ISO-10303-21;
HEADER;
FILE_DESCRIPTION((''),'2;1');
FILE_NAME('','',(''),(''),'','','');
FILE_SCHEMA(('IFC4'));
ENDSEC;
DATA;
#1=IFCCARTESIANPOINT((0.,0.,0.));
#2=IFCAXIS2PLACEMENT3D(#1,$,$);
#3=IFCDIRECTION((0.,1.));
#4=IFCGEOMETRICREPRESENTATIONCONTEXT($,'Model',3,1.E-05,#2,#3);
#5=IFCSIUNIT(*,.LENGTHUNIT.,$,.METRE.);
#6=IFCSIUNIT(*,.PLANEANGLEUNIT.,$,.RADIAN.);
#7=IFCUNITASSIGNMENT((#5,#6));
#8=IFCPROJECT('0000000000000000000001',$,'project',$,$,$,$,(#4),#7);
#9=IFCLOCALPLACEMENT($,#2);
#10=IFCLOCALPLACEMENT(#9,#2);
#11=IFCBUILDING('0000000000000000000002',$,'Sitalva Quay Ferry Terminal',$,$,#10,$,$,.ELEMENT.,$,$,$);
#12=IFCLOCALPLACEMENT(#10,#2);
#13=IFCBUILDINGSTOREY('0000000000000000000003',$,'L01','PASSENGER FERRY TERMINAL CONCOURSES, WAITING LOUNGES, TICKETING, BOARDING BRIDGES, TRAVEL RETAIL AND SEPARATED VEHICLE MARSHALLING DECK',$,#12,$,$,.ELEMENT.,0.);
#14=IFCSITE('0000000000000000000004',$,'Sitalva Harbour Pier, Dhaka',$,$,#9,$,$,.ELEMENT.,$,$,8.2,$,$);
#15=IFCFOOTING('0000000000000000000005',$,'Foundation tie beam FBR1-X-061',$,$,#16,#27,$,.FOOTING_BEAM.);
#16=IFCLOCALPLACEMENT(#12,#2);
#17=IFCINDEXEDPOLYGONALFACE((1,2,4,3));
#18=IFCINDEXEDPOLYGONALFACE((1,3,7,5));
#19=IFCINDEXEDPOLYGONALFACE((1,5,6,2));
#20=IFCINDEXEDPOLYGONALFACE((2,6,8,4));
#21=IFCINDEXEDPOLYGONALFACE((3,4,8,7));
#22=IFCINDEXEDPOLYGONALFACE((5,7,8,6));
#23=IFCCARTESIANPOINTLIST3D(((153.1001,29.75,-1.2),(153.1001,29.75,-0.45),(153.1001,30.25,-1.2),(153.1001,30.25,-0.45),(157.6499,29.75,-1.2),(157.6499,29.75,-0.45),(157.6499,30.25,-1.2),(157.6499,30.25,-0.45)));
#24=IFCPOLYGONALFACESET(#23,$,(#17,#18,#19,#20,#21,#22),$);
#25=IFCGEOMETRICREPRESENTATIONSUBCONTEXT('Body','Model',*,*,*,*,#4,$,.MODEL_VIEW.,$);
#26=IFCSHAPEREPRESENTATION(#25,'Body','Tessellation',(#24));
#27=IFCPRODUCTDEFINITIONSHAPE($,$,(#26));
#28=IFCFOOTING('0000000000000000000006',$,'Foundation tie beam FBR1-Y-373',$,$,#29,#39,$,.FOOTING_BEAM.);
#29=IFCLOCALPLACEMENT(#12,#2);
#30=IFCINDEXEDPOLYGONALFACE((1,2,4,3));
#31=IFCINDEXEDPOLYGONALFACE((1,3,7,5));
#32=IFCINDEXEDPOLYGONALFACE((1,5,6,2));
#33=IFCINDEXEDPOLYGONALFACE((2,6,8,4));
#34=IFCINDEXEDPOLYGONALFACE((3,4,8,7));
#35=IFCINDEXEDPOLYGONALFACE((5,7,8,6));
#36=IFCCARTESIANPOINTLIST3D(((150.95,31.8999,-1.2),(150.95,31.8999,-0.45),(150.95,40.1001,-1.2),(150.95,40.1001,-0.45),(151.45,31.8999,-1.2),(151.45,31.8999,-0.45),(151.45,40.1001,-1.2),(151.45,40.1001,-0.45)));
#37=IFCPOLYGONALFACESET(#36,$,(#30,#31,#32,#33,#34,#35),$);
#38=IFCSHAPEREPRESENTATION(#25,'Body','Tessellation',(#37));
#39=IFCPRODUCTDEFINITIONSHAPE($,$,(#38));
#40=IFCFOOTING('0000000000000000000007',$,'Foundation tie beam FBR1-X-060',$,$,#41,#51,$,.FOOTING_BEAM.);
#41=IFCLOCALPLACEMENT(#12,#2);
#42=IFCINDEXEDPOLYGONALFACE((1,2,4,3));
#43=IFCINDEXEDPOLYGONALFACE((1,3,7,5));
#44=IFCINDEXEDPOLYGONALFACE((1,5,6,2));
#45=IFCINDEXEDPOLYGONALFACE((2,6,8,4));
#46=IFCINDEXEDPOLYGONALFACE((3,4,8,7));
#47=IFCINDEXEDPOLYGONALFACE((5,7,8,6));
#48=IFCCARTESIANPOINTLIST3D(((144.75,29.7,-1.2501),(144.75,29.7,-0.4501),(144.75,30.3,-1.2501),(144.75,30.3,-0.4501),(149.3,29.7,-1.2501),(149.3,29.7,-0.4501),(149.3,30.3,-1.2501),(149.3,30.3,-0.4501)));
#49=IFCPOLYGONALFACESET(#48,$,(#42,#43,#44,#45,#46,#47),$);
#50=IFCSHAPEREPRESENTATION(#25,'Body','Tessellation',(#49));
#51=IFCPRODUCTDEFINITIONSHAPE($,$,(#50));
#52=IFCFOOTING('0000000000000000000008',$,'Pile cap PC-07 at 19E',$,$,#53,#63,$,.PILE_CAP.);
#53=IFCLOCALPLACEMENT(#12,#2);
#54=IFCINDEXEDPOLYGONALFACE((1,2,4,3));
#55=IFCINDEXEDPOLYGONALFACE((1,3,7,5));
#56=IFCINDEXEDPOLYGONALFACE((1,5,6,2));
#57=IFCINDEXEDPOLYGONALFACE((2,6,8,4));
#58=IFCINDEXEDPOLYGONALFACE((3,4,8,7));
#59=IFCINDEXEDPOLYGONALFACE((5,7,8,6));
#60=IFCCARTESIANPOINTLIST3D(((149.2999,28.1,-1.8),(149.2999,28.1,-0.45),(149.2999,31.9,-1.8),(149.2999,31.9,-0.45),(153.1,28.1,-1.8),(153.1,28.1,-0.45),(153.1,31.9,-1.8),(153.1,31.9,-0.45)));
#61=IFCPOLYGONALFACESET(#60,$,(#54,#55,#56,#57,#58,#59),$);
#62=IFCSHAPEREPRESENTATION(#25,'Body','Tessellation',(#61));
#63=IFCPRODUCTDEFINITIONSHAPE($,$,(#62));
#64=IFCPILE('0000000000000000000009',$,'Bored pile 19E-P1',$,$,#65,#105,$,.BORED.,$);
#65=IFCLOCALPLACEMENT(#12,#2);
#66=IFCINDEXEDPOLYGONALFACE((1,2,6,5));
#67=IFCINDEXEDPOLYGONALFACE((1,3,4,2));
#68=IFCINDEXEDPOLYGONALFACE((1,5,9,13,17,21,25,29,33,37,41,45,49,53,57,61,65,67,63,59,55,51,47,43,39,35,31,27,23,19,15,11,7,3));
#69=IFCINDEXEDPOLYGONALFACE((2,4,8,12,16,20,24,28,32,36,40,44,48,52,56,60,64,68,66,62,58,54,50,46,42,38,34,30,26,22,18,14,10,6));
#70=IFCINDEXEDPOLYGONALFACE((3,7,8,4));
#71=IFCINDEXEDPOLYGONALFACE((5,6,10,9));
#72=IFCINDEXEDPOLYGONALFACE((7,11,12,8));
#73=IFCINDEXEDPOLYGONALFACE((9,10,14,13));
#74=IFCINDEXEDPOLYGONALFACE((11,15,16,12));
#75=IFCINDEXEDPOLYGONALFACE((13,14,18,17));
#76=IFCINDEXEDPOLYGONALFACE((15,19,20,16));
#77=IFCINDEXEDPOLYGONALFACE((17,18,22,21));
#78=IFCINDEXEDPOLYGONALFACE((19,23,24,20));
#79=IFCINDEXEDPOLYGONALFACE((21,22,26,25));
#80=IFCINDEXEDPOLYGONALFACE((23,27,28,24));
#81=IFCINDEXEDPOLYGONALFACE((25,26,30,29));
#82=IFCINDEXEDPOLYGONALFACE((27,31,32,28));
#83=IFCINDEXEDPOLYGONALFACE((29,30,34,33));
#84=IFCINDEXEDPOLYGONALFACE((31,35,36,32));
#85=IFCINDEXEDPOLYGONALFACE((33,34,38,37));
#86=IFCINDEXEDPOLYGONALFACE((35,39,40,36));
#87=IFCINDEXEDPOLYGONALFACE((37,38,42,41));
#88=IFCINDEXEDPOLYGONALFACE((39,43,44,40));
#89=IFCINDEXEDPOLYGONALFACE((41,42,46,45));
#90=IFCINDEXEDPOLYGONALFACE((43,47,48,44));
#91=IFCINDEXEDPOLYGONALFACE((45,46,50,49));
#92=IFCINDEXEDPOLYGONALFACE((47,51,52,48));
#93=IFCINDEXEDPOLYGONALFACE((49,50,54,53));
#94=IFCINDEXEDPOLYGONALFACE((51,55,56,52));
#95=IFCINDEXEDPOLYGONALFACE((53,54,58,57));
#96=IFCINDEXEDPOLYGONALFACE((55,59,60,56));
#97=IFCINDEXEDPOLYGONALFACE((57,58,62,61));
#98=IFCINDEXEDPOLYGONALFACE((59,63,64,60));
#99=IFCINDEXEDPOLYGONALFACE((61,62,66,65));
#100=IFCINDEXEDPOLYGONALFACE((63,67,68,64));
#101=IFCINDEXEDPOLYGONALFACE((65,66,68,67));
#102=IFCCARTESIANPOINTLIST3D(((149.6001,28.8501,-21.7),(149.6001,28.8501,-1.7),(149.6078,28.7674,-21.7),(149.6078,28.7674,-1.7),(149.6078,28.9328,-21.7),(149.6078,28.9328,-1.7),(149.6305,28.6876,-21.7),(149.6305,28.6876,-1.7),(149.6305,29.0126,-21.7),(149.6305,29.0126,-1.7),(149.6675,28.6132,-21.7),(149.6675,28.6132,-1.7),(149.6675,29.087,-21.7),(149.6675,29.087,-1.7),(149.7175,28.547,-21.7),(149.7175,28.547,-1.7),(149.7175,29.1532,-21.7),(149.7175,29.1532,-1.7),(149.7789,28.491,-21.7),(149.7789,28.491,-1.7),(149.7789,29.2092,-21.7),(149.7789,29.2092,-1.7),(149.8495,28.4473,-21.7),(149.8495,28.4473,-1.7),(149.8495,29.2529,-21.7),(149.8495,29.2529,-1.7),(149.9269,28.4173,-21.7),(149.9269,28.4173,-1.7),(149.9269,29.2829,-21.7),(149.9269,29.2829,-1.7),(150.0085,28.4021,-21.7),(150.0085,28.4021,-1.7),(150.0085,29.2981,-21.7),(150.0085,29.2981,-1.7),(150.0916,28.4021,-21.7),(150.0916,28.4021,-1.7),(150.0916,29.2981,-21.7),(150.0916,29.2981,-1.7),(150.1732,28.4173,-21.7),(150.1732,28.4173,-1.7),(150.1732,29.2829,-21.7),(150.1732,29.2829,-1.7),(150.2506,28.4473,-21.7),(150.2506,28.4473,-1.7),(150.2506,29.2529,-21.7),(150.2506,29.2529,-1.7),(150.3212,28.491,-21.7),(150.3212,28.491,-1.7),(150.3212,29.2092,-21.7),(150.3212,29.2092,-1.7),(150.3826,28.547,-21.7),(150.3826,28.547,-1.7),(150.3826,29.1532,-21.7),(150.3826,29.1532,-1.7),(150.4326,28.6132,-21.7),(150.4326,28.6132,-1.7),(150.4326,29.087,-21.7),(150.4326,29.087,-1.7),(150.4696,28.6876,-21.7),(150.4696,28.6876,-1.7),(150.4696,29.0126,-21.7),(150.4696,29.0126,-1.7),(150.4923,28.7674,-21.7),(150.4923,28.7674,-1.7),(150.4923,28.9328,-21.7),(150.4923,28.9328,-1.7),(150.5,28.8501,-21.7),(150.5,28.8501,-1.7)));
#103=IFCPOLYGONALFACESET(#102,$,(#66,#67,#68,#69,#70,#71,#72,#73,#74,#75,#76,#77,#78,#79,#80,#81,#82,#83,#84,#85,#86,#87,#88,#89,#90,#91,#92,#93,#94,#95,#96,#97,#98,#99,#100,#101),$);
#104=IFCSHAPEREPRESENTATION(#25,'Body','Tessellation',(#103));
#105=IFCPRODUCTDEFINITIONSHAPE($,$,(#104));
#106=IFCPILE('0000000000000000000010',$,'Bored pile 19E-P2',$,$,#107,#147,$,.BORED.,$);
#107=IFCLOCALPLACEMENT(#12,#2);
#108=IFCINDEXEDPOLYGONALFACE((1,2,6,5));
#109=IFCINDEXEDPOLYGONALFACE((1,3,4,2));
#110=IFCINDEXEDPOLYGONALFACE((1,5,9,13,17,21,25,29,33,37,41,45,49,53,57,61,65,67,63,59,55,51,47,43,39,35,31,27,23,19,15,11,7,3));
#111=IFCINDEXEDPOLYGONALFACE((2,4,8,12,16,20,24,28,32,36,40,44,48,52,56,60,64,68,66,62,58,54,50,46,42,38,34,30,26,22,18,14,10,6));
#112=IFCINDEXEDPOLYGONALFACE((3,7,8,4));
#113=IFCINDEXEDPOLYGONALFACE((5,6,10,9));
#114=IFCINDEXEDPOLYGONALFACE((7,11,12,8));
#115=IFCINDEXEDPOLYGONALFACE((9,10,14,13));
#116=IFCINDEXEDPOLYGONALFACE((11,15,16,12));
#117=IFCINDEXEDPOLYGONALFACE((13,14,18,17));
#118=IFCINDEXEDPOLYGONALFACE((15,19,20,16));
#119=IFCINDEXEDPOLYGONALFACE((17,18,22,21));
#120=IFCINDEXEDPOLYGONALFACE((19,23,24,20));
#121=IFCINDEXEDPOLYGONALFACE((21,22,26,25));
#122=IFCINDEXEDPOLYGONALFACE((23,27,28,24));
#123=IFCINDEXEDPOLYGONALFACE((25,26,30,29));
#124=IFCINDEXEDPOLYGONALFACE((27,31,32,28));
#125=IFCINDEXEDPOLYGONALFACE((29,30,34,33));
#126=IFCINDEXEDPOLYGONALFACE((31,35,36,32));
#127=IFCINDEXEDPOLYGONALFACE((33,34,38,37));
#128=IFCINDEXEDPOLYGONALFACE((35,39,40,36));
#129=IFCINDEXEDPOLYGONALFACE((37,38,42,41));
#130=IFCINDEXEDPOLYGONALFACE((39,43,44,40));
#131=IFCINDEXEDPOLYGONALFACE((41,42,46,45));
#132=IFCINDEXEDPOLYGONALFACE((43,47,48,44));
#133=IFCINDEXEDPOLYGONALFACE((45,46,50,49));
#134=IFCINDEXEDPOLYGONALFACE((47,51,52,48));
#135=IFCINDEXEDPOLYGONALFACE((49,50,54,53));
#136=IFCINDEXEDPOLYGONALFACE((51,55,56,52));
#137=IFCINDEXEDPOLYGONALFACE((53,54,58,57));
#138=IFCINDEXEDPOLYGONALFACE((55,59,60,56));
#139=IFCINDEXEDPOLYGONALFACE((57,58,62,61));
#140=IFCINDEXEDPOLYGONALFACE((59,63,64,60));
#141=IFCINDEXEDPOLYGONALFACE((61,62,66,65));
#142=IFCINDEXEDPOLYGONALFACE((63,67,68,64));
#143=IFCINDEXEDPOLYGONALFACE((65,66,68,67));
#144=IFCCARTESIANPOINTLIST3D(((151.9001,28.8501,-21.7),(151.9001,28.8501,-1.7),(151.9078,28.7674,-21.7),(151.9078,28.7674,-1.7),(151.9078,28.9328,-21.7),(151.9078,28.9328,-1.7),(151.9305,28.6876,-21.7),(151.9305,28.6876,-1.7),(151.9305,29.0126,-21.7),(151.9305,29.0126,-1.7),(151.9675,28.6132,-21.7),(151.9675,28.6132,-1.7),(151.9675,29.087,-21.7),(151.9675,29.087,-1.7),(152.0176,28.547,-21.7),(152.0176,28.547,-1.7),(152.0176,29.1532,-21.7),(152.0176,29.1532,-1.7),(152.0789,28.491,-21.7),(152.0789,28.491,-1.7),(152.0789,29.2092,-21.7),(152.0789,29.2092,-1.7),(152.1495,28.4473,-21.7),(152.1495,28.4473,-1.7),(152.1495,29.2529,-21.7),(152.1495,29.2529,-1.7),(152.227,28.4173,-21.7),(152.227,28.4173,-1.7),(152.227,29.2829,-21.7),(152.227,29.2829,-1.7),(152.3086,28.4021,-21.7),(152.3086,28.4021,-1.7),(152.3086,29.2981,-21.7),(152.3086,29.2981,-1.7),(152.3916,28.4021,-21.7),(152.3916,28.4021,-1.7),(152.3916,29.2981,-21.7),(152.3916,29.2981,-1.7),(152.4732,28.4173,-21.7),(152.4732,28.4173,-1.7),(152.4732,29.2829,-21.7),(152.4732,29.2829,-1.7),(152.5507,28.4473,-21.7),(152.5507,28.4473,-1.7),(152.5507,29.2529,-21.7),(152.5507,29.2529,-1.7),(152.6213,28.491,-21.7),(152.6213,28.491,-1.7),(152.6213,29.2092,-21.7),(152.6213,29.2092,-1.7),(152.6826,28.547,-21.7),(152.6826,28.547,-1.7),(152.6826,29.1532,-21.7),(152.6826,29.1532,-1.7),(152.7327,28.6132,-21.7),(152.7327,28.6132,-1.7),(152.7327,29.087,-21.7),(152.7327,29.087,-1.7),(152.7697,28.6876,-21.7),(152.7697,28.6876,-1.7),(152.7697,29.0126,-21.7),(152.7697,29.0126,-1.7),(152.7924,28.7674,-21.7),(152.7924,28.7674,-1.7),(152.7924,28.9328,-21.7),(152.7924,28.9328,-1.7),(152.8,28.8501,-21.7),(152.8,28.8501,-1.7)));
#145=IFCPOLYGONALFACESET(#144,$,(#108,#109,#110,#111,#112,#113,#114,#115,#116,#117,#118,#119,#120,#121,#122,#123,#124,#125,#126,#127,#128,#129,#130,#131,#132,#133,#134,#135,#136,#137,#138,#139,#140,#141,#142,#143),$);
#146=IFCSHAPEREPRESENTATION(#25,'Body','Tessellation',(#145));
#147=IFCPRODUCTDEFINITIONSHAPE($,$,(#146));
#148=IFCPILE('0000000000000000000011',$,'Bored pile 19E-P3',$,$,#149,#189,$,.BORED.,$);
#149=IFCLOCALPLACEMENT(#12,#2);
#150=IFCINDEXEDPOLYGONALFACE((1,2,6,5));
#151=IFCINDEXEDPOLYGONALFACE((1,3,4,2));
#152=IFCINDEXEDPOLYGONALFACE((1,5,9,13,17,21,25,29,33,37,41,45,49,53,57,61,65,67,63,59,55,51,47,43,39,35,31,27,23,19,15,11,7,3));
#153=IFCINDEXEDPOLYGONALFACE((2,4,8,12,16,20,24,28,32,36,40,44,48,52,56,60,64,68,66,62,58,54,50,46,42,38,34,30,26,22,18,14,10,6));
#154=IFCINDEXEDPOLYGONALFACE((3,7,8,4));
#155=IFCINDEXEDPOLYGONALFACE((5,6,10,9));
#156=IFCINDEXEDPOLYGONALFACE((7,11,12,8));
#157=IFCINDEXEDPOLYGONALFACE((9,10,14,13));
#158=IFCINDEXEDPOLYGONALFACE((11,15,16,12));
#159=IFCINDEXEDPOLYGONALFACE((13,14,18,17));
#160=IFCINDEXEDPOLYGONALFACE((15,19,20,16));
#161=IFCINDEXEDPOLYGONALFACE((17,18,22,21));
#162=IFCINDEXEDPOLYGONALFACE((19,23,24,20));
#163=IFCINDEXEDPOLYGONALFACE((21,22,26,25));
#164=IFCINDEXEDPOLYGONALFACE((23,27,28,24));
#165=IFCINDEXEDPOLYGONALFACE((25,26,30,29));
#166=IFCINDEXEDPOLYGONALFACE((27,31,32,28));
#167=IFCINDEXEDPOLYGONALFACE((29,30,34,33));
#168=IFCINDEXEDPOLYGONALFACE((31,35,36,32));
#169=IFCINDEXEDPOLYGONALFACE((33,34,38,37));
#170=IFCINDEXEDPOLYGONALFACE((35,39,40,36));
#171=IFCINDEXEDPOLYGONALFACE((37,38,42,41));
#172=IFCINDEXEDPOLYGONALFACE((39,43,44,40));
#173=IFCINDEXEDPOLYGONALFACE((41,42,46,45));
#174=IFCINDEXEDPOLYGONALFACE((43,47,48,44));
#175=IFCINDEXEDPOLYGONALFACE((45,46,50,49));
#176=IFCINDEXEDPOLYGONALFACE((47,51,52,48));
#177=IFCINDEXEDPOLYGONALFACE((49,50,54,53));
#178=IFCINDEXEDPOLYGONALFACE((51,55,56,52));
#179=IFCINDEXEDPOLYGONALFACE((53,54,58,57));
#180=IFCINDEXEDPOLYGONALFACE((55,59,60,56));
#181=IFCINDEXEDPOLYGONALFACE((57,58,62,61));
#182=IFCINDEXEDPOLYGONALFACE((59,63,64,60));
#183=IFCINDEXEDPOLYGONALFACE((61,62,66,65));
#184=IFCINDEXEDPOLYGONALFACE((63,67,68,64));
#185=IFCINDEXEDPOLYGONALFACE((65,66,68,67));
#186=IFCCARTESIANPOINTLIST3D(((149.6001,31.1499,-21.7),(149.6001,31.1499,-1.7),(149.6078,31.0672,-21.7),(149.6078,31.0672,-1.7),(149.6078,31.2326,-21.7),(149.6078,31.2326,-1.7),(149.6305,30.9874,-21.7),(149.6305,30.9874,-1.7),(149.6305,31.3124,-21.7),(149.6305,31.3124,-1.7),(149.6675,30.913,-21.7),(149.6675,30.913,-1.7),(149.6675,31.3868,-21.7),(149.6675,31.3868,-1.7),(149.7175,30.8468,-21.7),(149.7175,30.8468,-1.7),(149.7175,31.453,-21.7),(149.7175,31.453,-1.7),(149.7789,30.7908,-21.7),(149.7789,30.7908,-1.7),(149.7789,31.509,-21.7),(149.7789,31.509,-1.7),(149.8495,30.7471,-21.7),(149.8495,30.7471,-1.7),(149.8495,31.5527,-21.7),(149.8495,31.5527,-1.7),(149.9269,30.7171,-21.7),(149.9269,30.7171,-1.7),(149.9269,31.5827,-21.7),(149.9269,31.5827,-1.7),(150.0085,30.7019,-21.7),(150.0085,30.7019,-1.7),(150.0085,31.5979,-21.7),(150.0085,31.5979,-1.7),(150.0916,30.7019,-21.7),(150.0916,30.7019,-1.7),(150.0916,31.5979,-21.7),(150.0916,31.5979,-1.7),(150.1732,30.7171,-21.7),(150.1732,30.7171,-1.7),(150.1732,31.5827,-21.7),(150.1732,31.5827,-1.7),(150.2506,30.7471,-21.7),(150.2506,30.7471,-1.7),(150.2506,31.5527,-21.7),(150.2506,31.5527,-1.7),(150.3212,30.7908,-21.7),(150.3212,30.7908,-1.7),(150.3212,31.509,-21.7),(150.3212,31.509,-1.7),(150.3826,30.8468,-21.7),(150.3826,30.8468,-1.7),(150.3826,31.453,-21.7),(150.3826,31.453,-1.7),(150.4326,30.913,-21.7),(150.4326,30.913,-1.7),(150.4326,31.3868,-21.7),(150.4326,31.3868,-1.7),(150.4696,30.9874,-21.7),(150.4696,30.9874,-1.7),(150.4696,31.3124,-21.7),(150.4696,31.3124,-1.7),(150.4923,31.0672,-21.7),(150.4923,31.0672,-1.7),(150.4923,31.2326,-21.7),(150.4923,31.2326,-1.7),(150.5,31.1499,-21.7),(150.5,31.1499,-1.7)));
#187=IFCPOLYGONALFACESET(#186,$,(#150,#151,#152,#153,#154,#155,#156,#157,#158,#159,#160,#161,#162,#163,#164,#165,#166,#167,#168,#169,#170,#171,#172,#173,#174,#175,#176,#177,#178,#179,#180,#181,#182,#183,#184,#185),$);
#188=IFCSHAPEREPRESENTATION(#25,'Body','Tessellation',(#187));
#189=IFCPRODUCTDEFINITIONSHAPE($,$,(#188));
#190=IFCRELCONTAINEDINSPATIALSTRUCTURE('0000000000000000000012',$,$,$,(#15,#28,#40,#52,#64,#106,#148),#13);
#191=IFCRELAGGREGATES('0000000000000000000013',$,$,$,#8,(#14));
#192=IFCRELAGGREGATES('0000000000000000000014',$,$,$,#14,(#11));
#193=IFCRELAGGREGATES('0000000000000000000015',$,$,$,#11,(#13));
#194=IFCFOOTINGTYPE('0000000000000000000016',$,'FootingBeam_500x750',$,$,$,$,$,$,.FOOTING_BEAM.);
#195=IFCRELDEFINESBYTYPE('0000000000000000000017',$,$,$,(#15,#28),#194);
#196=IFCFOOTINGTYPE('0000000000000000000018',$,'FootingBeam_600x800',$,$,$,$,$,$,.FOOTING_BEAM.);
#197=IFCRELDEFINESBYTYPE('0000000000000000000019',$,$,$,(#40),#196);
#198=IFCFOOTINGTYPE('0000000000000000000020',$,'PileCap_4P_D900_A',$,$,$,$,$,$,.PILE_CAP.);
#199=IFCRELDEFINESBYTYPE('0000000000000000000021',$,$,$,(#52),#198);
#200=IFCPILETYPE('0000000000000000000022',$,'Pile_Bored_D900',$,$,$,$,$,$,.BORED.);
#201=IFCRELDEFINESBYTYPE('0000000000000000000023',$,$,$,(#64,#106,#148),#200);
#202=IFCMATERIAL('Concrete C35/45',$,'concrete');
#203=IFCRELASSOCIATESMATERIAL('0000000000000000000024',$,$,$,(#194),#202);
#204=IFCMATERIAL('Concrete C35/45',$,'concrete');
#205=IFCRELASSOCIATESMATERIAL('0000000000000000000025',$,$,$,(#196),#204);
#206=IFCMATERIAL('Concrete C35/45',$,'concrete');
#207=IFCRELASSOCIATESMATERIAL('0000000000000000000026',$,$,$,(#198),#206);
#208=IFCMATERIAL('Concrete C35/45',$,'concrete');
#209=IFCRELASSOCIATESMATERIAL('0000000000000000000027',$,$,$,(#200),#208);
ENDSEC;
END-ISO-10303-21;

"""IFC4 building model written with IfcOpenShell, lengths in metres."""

from ifc_helpers import new_model, si_unit, direction, frame, origin, origin_2d, place, context, subcontext, project, spatial, rectangle, circle, extrude, material, material_profile, profile_set, type_object, element, save


model = new_model("IFC4")

# Units and contexts
model_context = context("Model", 3, precision=1e-05, world=origin(), true_north=direction((0.0, 1.0)))
body_context = subcontext(model_context, "Body", "Model", "MODEL_VIEW")
ifc_project = project(units=[si_unit("LENGTHUNIT", "METRE"), si_unit("PLANEANGLEUNIT", "RADIAN")], contexts=[model_context])

# Site, building, storey
site_placement = place(None, origin())
site = spatial("IfcSite", under=ifc_project, at=site_placement, Name="Sitalva Harbour Pier, Dhaka", CompositionType="ELEMENT", RefElevation=8.2)
building_placement = place(site_placement, origin())
building = spatial("IfcBuilding", under=site, at=building_placement, Name="Sitalva Quay Ferry Terminal", CompositionType="ELEMENT")
storey_placement = place(building_placement, origin())
storey = spatial("IfcBuildingStorey", under=building, at=storey_placement, Name="L01", Description="PASSENGER FERRY TERMINAL CONCOURSES, WAITING LOUNGES, TICKETING, BOARDING BRIDGES, TRAVEL RETAIL AND SEPARATED VEHICLE MARSHALLING DECK", CompositionType="ELEMENT", Elevation=0.0)

# Footings
ifc_material_1 = material(Name="Concrete C35/45", Category="concrete")
ifc_material_profile_1 = material_profile(ifc_material_1, rectangle(XDim=0.5, YDim=0.75, at=origin_2d()), Name="RC500x750")
ifc_profile_set_1 = profile_set([ifc_material_profile_1], Name="Concrete C35/45")
footing_type_1 = type_object("IfcFootingType", Name="FootingBeam_500x750", PredefinedType="FOOTING_BEAM", material=ifc_profile_set_1)
footing_1_placement = place(storey_placement, frame((153.1001, 30.0, -0.825), z_axis=(1.0, 0.0, 0.0), x_axis=(0.0, 1.0, 0.0)))
element("IfcFooting", 1, at=footing_1_placement, inside=storey, type_object=footing_type_1, Name="Foundation tie beam FBR1-X-061", PredefinedType="FOOTING_BEAM", context=body_context, shape_type="SweptSolid", body=[
    extrude(rectangle(XDim=0.5, YDim=0.75, at=origin_2d()), origin(), (0.0, 0.0, 1.0), 4.5498),
])
footing_2_placement = place(storey_placement, frame((151.2, 31.8999, -0.825), z_axis=(0.0, 1.0, 0.0), x_axis=(-1.0, 0.0, 0.0)))
element("IfcFooting", 2, at=footing_2_placement, inside=storey, type_object=footing_type_1, Name="Foundation tie beam FBR1-Y-373", PredefinedType="FOOTING_BEAM", context=body_context, shape_type="SweptSolid", body=[
    extrude(rectangle(XDim=0.5, YDim=0.75, at=origin_2d()), origin(), (0.0, 0.0, 1.0), 8.2002),
])
ifc_material_2 = material(Name="Concrete C35/45", Category="concrete")
ifc_material_profile_2 = material_profile(ifc_material_2, rectangle(XDim=0.6001, YDim=0.8, at=origin_2d()), Name="RC600x800")
ifc_profile_set_2 = profile_set([ifc_material_profile_2], Name="Concrete C35/45")
footing_type_2 = type_object("IfcFootingType", Name="FootingBeam_600x800", PredefinedType="FOOTING_BEAM", material=ifc_profile_set_2)
footing_3_placement = place(storey_placement, frame((144.75, 30.0, -0.8501), z_axis=(1.0, 0.0, 0.0), x_axis=(0.0, 1.0, 0.0)))
element("IfcFooting", 3, at=footing_3_placement, inside=storey, type_object=footing_type_2, Name="Foundation tie beam FBR1-X-060", PredefinedType="FOOTING_BEAM", context=body_context, shape_type="SweptSolid", body=[
    extrude(rectangle(XDim=0.6001, YDim=0.8, at=origin_2d()), origin(), (0.0, 0.0, 1.0), 4.55),
])
ifc_material_3 = material(Name="Concrete C35/45", Category="concrete")
footing_type_3 = type_object("IfcFootingType", Name="PileCap_4P_D900_A", PredefinedType="PILE_CAP", material=ifc_material_3)
footing_4_placement = place(storey_placement, frame((151.2, 30.0, -1.8), z_axis=(0.0, 0.0, 1.0), x_axis=(1.0, 0.0, 0.0)))
element("IfcFooting", 4, at=footing_4_placement, inside=storey, type_object=footing_type_3, Name="Pile cap PC-07 at 19E", PredefinedType="PILE_CAP", context=body_context, shape_type="SweptSolid", body=[
    extrude(rectangle(XDim=3.8, YDim=3.8, at=origin_2d()), origin(), (0.0, 0.0, 1.0), 1.3501),
])

# Piles
ifc_material_4 = material(Name="Concrete C35/45", Category="concrete")
ifc_material_profile_3 = material_profile(ifc_material_4, circle(Radius=0.45, at=origin_2d()), Name="PILE-D900")
ifc_profile_set_3 = profile_set([ifc_material_profile_3], Name="Concrete C35/45")
pile_type = type_object("IfcPileType", Name="Pile_Bored_D900", PredefinedType="BORED", material=ifc_profile_set_3)
for number, where, z_axis, x_axis, name in (
    (5, (150.05, 28.8501, -1.7), (0.0, 0.0, -1.0), (1.0, 0.0, 0.0), "Bored pile 19E-P1"),
    (6, (152.3501, 28.8501, -1.7), (0.0, 0.0, -1.0), (1.0, 0.0, 0.0), "Bored pile 19E-P2"),
    (7, (150.05, 31.1499, -1.7), (0.0, 0.0, -1.0), (1.0, 0.0, 0.0), "Bored pile 19E-P3"),
):
    element("IfcPile", number, at=place(storey_placement, frame(where, z_axis=z_axis, x_axis=x_axis)), inside=storey, type_object=pile_type, Name=name, PredefinedType="BORED", context=body_context, shape_type="SweptSolid", body=[
        extrude(circle(Radius=0.45, at=origin_2d()), origin(), (0.0, 0.0, 1.0), 20.0),
    ])

save(model, "model.ifc")
